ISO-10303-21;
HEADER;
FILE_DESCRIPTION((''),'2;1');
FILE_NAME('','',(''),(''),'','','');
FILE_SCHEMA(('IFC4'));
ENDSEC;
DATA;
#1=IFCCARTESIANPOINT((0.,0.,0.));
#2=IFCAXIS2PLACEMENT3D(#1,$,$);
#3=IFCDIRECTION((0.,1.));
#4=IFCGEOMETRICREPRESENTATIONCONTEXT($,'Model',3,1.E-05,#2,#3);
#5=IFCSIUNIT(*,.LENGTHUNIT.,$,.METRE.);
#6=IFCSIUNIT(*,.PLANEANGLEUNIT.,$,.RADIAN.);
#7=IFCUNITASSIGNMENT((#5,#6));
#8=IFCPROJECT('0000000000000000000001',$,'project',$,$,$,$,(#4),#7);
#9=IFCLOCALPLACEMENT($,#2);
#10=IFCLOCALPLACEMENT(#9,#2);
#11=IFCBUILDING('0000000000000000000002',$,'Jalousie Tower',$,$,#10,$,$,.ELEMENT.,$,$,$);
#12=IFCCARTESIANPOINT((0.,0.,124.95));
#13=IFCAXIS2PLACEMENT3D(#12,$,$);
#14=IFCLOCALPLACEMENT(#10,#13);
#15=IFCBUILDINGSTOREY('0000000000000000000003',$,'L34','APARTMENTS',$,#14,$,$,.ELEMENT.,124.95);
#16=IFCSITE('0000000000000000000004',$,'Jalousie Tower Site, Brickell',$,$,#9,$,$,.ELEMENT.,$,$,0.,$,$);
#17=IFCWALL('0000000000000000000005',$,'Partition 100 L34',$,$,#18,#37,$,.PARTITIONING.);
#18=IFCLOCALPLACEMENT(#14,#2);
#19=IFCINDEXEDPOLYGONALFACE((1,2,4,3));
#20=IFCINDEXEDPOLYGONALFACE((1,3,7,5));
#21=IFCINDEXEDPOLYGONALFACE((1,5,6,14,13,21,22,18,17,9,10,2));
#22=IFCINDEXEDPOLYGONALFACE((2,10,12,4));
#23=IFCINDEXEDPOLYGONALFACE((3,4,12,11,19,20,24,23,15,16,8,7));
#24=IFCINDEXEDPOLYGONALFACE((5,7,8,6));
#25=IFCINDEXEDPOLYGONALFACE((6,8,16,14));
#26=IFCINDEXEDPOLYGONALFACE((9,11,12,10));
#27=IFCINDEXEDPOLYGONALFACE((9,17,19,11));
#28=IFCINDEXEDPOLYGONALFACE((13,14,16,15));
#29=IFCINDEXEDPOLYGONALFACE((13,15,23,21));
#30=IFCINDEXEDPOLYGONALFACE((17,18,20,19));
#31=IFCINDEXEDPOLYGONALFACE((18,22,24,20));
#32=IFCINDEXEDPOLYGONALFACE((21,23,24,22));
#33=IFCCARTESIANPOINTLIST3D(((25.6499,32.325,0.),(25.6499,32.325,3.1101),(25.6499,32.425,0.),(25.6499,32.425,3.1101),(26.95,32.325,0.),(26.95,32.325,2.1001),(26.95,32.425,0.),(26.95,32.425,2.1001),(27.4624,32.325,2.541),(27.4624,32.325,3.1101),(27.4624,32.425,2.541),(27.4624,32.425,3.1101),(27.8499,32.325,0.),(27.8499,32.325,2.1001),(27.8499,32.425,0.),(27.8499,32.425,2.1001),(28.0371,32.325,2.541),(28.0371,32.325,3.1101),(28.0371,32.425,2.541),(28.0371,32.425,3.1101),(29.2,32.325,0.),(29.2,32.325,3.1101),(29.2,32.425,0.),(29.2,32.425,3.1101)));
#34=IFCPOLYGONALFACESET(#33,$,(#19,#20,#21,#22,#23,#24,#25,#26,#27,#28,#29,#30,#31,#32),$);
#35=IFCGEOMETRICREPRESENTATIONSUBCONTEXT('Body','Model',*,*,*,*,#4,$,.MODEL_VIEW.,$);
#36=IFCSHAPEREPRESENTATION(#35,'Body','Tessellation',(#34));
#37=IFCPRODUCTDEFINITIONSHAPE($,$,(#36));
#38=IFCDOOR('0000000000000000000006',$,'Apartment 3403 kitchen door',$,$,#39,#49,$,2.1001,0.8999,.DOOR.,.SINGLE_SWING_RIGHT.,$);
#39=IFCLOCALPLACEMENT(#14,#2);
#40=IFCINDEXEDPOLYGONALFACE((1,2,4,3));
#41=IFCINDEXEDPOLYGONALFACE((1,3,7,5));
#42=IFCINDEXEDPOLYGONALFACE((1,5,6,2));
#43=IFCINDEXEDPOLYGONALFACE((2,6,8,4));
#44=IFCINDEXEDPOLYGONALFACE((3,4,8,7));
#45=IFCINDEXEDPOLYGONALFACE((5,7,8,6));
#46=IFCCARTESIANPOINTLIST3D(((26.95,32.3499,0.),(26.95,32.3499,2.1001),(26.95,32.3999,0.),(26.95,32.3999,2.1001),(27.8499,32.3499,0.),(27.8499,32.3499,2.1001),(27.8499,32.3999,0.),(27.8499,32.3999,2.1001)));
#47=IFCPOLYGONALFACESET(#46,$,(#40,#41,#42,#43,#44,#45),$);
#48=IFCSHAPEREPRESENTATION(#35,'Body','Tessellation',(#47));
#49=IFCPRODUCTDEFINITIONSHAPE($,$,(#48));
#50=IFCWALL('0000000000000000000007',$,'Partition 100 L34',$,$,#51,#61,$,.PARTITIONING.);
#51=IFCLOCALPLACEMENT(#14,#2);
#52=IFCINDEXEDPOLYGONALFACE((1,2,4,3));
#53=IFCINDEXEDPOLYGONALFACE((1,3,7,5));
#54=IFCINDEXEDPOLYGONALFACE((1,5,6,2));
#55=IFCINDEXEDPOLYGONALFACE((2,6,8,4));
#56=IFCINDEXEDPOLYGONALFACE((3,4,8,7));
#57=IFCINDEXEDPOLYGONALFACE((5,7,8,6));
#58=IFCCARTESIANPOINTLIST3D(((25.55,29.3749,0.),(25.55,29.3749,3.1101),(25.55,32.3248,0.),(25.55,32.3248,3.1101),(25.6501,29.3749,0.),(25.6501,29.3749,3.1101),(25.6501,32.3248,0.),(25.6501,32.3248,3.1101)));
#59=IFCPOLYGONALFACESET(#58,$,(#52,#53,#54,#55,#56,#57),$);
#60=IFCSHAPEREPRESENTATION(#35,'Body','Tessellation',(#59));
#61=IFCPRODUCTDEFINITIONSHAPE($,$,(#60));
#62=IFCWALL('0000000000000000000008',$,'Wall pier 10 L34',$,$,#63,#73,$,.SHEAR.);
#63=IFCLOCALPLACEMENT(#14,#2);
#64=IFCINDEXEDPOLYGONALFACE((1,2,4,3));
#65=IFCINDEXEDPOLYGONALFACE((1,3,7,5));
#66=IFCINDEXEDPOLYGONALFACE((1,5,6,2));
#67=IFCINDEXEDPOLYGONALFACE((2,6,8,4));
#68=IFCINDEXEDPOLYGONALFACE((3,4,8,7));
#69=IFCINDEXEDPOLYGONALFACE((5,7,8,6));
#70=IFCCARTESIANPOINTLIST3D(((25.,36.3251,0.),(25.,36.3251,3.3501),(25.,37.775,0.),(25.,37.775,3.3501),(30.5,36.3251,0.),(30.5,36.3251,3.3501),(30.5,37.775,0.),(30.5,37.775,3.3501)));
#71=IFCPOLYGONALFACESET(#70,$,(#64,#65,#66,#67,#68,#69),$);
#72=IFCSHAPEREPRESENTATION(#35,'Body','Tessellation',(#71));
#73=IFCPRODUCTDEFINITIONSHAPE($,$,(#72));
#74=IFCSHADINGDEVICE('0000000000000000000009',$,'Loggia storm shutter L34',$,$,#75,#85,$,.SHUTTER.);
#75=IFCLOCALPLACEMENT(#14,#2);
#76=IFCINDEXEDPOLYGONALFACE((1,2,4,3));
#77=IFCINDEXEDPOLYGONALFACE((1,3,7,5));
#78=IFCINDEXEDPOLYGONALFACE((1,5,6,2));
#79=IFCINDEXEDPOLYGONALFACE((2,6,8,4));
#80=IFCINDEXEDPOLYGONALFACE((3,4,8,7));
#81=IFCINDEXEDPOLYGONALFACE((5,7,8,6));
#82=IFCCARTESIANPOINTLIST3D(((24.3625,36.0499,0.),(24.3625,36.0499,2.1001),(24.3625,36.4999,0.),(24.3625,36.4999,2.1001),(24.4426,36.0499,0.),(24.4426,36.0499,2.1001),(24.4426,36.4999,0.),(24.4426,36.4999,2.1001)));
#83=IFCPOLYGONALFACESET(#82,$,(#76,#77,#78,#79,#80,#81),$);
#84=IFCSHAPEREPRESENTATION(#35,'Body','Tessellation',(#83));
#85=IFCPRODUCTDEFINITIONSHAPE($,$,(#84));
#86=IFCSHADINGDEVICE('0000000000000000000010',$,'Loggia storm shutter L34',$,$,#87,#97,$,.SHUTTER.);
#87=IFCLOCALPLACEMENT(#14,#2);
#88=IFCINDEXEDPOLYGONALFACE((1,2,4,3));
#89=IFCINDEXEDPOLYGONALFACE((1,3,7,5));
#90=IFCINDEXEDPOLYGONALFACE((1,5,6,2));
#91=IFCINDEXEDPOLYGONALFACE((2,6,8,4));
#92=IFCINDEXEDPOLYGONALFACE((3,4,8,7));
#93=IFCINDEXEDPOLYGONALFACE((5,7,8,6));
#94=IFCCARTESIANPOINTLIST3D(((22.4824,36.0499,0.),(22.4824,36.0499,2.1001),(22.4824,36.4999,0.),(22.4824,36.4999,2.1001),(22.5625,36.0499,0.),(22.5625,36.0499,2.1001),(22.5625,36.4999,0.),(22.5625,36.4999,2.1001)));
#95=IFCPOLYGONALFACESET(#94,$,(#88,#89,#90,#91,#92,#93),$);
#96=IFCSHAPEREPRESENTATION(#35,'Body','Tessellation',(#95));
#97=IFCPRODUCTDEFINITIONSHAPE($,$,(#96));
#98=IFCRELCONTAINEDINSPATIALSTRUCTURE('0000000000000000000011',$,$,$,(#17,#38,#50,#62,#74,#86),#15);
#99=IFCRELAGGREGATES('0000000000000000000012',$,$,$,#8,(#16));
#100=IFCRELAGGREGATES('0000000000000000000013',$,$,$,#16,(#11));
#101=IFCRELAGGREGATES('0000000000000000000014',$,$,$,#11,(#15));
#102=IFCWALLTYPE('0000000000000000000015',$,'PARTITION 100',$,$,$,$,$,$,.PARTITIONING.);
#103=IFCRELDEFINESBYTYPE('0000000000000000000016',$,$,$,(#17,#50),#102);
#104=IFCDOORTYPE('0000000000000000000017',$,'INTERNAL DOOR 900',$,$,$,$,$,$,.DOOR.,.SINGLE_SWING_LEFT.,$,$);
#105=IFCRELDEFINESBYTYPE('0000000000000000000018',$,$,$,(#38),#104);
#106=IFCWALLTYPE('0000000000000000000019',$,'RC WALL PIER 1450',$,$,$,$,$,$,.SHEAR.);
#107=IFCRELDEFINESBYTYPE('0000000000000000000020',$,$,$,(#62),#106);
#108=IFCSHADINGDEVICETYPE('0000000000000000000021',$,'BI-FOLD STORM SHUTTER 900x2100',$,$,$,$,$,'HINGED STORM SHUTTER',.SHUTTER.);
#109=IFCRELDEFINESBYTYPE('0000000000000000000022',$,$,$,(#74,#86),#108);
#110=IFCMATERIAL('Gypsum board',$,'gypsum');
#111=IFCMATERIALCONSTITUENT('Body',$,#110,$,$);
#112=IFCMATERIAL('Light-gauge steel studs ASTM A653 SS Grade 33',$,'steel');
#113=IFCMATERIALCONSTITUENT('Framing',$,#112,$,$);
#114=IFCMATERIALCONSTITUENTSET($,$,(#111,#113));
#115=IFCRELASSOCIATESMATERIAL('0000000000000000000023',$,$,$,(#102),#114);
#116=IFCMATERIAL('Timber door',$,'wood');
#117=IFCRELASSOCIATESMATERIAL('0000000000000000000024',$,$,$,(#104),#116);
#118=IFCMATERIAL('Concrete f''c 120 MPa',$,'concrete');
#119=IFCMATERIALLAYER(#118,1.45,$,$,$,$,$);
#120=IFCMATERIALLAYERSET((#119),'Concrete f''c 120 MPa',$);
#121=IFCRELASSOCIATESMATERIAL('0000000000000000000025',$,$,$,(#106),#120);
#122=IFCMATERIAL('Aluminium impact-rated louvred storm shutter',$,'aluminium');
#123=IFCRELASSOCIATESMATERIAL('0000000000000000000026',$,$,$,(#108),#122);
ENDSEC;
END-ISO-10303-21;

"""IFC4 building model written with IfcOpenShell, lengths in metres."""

from ifc_helpers import new_model, si_unit, direction, frame, frame_2d, origin, origin_2d, place, context, subcontext, project, spatial, polyline, rectangle, outline, extrude, material, layer, layer_set, constituent, constituent_set, type_object, element, fill, save


model = new_model("IFC4")

# Units and contexts
model_context = context("Model", 3, precision=1e-05, world=origin(), true_north=direction((0.0, 1.0)))
body_context = subcontext(model_context, "Body", "Model", "MODEL_VIEW")
ifc_project = project(units=[si_unit("LENGTHUNIT", "METRE"), si_unit("PLANEANGLEUNIT", "RADIAN")], contexts=[model_context])

# Site, building, storey
site_placement = place(None, origin())
site = spatial("IfcSite", under=ifc_project, at=site_placement, Name="Jalousie Tower Site, Brickell", CompositionType="ELEMENT", RefElevation=0.0)
building_placement = place(site_placement, origin())
building = spatial("IfcBuilding", under=site, at=building_placement, Name="Jalousie Tower", CompositionType="ELEMENT")
storey_placement = place(building_placement, frame((0.0, 0.0, 124.95)))
storey = spatial("IfcBuildingStorey", under=building, at=storey_placement, Name="L34", Description="APARTMENTS", CompositionType="ELEMENT", Elevation=124.95)

# Wall, opening, door
ifc_material_1 = material(Name="Gypsum board", Category="gypsum")
ifc_constituent_1 = constituent(ifc_material_1, Name="Body")
ifc_material_2 = material(Name="Light-gauge steel studs ASTM A653 SS Grade 33", Category="steel")
ifc_constituent_2 = constituent(ifc_material_2, Name="Framing")
ifc_constituent_set_1 = constituent_set(constituents=[ifc_constituent_1, ifc_constituent_2])
wall_type_1 = type_object("IfcWallType", Name="PARTITION 100", PredefinedType="PARTITIONING", material=ifc_constituent_set_1)
wall_1_placement = place(storey_placement, frame((25.6499, 32.375, 0.0), z_axis=(0.0, 0.0, 1.0), x_axis=(1.0, 0.0, 0.0)))
wall_1 = element("IfcWall", 1, at=wall_1_placement, inside=storey, type_object=wall_type_1, Name="Partition 100 L34", PredefinedType="PARTITIONING", context=body_context, shape_type="SweptSolid", body=[
    extrude(outline(polyline([(0.0, 0.0), (3.55, 0.0), (3.55, 3.1101), (2.3872, 3.1101), (2.3872, 2.541), (1.8125, 2.541), (1.8125, 3.1101), (0.0, 3.1101), (0.0, 0.0)])), frame((0.0, 0.05, 0.0), z_axis=(0.0, -1.0, 0.0), x_axis=(1.0, 0.0, 0.0)), (0.0, 0.0, 1.0), 0.1001),
])
opening_1_placement = place(wall_1_placement, frame((1.3, 0.0, 0.0)))
opening_1 = element("IfcOpeningElement", 2, at=opening_1_placement, cuts=wall_1, PredefinedType="OPENING", context=body_context, shape_type="SweptSolid", body=[
    extrude(rectangle(XDim=0.8999, YDim=2.1001, at=frame_2d((0.45, 1.05))), frame((0.0, 0.0601, 0.0), z_axis=(0.0, -1.0, 0.0), x_axis=(1.0, 0.0, 0.0)), (0.0, 0.0, 1.0), 0.1201),
])
ifc_material_3 = material(Name="Timber door", Category="wood")
door_type_1 = type_object("IfcDoorType", Name="INTERNAL DOOR 900", OperationType="SINGLE_SWING_LEFT", PredefinedType="DOOR", material=ifc_material_3)
door_1_placement = place(opening_1_placement, origin())
door_1 = element("IfcDoor", 3, at=door_1_placement, inside=storey, type_object=door_type_1, Name="Apartment 3403 kitchen door", OperationType="SINGLE_SWING_RIGHT", OverallHeight=2.1001, OverallWidth=0.8999, PredefinedType="DOOR", context=body_context, shape_type="SweptSolid", body=[
    extrude(rectangle(XDim=0.8999, YDim=2.1001, at=frame_2d((0.45, 1.05))), frame((0.0, 0.0249, 0.0), z_axis=(0.0, -1.0, 0.0), x_axis=(1.0, 0.0, 0.0)), (0.0, 0.0, 1.0), 0.05),
])
fill(opening_1, door_1)

# Walls
wall_2_placement = place(storey_placement, frame((25.6001, 32.325, 0.0), z_axis=(0.0, 0.0, 1.0), x_axis=(0.0, -1.0, 0.0)))
element("IfcWall", 4, at=wall_2_placement, inside=storey, type_object=wall_type_1, Name="Partition 100 L34", PredefinedType="PARTITIONING", context=body_context, shape_type="SweptSolid", body=[
    extrude(rectangle(XDim=2.95, YDim=0.1001, at=frame_2d((1.4751, 0.0))), origin(), (0.0, 0.0, 1.0), 3.1101),
])
ifc_material_4 = material(Name="Concrete f'c 120 MPa", Category="concrete")
ifc_layer_1 = layer(ifc_material_4, 1.45)
ifc_layer_set_1 = layer_set([ifc_layer_1], Name="Concrete f'c 120 MPa")
wall_type_2 = type_object("IfcWallType", Name="RC WALL PIER 1450", PredefinedType="SHEAR", material=ifc_layer_set_1)
wall_3_placement = place(storey_placement, frame((25.0, 37.05, 0.0), z_axis=(0.0, 0.0, 1.0), x_axis=(1.0, 0.0, 0.0)))
element("IfcWall", 5, at=wall_3_placement, inside=storey, type_object=wall_type_2, Name="Wall pier 10 L34", PredefinedType="SHEAR", context=body_context, shape_type="SweptSolid", body=[
    extrude(rectangle(XDim=5.5, YDim=1.45, at=frame_2d((2.75, 0.0))), origin(), (0.0, 0.0, 1.0), 3.3501),
])

# Shading devices
ifc_material_5 = material(Name="Aluminium impact-rated louvred storm shutter", Category="aluminium")
shading_device_type_1 = type_object("IfcShadingDeviceType", Name="BI-FOLD STORM SHUTTER 900x2100", ElementType="HINGED STORM SHUTTER", PredefinedType="SHUTTER", material=ifc_material_5)
for number, where, z_axis, x_axis, name in (
    (6, (24.4026, 36.2749, 0.0), (0.0, 0.0, 1.0), (0.0, -1.0, 0.0), "Loggia storm shutter L34"),
    (7, (22.5225, 36.2749, 0.0), (0.0, 0.0, 1.0), (0.0, -1.0, 0.0), "Loggia storm shutter L34"),
):
    element("IfcShadingDevice", number, at=place(storey_placement, frame(where, z_axis=z_axis, x_axis=x_axis)), inside=storey, type_object=shading_device_type_1, Name=name, PredefinedType="SHUTTER", context=body_context, shape_type="SweptSolid", body=[
        extrude(rectangle(XDim=0.45, YDim=0.0801, at=origin_2d()), origin(), (0.0, 0.0, 1.0), 2.1001),
    ])

save(model, "model.ifc")
